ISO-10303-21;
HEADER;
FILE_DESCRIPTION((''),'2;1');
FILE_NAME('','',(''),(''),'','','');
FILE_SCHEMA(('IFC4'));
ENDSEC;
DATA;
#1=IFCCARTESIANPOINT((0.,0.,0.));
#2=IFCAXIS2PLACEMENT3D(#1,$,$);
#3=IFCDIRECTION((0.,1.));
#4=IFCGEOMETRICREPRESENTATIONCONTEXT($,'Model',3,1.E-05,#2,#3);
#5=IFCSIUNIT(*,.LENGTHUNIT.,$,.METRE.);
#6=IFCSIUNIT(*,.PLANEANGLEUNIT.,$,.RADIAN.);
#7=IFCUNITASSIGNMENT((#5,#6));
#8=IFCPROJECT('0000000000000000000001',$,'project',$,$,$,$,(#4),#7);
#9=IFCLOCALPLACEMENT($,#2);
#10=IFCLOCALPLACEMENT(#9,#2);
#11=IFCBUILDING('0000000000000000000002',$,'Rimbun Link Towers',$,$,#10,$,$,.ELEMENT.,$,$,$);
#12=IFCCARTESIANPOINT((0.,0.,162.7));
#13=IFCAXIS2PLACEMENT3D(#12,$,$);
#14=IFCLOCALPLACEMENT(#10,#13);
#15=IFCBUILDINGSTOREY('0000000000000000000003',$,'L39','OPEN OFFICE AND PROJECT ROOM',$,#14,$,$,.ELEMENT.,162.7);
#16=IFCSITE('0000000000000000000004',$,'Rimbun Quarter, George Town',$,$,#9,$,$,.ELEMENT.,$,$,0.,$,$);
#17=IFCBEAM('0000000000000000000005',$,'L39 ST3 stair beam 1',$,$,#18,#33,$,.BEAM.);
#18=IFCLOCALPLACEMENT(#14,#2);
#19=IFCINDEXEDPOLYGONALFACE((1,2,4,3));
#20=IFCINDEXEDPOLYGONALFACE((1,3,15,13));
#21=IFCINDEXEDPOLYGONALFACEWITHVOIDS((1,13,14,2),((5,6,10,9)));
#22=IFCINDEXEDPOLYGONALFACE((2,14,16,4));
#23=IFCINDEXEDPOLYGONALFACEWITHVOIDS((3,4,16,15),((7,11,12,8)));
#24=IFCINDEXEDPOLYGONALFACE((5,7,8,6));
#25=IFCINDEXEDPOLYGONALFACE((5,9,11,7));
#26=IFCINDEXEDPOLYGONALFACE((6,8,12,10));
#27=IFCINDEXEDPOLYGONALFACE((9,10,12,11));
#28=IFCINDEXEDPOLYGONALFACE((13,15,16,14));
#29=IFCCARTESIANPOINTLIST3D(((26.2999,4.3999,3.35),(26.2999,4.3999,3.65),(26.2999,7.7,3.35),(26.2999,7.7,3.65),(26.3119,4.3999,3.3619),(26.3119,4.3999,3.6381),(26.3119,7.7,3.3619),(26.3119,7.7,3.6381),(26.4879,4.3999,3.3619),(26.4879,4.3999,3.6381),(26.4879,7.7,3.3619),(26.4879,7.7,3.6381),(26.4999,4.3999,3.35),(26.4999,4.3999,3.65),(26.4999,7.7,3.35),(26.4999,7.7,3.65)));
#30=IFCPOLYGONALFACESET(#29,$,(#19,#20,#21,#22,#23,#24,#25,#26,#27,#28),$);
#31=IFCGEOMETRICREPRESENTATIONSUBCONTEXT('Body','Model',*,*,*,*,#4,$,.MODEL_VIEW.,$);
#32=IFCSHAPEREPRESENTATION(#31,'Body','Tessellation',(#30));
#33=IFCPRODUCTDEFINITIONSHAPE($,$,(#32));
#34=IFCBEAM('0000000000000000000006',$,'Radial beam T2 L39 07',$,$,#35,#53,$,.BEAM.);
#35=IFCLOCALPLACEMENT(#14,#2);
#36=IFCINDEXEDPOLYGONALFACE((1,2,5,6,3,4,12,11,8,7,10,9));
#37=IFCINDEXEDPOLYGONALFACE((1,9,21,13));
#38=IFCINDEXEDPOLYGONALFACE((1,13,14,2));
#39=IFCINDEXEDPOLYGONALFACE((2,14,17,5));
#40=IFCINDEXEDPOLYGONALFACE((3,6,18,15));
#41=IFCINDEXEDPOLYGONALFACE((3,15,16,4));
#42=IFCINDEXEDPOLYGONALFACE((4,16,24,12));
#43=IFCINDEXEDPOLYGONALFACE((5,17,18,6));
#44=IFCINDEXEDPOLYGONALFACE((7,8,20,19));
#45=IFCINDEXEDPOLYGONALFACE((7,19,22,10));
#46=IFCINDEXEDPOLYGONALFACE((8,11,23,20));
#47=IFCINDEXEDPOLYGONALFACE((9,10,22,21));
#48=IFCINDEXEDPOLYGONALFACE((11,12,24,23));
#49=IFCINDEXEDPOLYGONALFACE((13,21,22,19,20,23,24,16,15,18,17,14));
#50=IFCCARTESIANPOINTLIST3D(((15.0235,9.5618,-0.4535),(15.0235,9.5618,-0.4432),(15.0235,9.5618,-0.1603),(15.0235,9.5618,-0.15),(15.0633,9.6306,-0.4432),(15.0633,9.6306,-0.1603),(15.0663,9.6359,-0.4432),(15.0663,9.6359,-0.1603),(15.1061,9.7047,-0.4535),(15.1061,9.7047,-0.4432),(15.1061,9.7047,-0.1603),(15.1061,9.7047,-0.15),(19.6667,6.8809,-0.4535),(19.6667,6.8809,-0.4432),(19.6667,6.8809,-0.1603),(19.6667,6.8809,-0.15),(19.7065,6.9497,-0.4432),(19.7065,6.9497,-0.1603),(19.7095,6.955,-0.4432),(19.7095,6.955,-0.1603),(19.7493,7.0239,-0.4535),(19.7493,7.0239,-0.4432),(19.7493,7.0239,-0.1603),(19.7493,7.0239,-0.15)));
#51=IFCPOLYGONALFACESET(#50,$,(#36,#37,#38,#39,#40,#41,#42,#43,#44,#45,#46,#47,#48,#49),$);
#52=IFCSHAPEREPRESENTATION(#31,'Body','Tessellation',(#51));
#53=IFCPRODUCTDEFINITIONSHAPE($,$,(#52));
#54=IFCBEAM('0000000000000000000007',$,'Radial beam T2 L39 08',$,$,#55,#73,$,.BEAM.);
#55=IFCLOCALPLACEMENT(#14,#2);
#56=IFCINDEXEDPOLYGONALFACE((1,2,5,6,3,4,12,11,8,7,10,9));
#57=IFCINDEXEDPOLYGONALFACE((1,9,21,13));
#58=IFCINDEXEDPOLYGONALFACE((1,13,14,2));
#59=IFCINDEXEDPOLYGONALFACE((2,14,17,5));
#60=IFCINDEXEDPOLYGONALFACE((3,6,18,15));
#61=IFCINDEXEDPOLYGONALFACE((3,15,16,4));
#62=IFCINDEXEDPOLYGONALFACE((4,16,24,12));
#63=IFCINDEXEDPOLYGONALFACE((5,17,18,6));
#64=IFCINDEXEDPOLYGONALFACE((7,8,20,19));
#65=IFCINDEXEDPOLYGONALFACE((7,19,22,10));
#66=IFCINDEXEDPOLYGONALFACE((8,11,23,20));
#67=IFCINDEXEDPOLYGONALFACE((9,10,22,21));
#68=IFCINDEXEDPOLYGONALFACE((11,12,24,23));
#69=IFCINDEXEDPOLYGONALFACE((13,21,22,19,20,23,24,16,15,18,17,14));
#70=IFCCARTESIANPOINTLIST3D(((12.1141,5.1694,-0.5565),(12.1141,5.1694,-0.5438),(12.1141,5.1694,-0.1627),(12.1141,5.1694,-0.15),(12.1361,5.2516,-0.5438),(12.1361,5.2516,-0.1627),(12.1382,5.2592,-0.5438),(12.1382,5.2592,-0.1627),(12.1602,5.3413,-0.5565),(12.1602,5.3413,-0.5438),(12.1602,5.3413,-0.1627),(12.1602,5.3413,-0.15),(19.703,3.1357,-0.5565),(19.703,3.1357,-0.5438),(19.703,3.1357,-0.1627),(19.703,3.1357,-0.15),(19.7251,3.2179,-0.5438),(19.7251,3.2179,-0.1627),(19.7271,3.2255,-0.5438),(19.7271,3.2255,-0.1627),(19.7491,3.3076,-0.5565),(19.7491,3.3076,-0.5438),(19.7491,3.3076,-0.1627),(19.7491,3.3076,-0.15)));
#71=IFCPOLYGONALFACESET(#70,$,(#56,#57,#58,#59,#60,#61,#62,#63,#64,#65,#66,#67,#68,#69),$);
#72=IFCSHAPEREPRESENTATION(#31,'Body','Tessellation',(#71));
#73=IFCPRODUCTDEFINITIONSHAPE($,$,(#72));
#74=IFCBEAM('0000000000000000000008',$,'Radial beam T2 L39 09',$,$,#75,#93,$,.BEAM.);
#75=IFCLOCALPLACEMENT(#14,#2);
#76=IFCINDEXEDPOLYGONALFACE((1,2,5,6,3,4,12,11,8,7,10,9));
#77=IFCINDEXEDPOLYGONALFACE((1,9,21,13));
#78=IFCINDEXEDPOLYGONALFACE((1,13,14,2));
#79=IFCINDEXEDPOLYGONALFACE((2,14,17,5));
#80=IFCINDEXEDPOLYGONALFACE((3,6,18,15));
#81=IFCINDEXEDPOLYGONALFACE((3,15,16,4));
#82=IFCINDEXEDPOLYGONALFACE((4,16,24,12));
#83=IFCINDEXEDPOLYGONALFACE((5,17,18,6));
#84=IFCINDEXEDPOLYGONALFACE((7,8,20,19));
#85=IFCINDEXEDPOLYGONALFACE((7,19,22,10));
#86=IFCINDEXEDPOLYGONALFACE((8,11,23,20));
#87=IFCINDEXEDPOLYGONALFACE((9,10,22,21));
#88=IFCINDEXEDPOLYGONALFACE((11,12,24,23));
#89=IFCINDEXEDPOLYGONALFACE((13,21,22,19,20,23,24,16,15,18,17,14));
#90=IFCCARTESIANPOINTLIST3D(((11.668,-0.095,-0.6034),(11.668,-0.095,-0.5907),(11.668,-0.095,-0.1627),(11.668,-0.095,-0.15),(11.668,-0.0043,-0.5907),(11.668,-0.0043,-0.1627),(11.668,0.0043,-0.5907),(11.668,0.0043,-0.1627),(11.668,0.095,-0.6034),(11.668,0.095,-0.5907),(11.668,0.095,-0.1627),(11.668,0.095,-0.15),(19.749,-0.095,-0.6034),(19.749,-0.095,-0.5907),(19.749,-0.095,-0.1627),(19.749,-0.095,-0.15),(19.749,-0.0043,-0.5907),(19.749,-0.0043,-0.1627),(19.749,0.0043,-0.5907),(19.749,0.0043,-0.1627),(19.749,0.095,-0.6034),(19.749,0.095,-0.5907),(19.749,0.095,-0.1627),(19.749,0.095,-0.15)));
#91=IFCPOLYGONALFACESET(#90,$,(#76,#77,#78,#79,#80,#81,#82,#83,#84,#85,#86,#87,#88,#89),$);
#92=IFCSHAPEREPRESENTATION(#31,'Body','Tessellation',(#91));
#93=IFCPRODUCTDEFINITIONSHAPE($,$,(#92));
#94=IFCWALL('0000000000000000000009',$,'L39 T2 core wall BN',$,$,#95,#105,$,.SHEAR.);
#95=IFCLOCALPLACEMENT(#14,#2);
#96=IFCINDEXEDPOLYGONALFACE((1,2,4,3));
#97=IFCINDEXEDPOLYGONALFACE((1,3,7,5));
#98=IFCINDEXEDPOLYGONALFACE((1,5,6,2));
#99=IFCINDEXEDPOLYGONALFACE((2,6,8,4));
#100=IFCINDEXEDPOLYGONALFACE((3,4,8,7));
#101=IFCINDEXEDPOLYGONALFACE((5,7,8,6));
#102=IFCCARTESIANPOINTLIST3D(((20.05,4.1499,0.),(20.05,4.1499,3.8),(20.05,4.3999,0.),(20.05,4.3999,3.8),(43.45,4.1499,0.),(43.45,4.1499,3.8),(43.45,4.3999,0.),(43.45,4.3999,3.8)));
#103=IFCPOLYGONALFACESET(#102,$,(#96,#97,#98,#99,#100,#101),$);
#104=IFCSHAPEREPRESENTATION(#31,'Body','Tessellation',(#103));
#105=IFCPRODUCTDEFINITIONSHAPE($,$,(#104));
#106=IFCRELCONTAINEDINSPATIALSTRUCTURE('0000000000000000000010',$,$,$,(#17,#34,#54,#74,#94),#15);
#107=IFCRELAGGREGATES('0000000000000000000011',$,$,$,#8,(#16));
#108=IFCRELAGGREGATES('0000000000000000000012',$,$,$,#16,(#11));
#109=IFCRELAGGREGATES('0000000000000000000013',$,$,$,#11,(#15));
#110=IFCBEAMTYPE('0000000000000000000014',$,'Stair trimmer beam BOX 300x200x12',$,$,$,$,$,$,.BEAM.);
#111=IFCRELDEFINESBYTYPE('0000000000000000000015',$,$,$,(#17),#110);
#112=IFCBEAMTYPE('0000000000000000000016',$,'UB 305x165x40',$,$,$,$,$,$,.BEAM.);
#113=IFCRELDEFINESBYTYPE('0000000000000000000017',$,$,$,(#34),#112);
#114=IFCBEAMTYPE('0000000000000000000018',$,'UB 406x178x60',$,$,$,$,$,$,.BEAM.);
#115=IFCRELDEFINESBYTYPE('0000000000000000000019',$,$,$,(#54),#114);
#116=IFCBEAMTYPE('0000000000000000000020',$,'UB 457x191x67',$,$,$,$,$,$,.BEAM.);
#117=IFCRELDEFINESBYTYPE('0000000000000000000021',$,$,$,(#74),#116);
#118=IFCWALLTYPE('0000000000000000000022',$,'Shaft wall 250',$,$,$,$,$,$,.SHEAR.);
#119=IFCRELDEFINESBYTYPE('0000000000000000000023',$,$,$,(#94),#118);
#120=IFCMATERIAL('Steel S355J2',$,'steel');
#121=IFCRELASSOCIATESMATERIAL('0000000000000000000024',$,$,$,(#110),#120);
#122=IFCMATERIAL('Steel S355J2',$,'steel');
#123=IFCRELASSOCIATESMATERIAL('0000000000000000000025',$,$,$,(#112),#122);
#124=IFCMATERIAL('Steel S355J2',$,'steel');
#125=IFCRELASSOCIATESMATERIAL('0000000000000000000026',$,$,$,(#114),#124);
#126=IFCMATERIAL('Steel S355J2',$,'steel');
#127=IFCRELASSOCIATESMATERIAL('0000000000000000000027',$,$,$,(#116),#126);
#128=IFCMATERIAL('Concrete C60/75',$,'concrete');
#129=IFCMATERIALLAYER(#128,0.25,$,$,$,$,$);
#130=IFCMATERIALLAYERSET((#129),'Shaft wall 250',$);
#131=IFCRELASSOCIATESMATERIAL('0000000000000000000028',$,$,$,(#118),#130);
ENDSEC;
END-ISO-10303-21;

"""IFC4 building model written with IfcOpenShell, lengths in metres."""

from ifc_helpers import new_model, si_unit, direction, frame, frame_2d, origin, origin_2d, place, context, subcontext, project, spatial, rectangle, hollow_rectangle, i_section, extrude, material, layer, layer_set, material_profile, profile_set, type_object, element, save


model = new_model("IFC4")

# Units and contexts
model_context = context("Model", 3, precision=1e-05, world=origin(), true_north=direction((0.0, 1.0)))
body_context = subcontext(model_context, "Body", "Model", "MODEL_VIEW")
ifc_project = project(units=[si_unit("LENGTHUNIT", "METRE"), si_unit("PLANEANGLEUNIT", "RADIAN")], contexts=[model_context])

# Site, building, storey
site_placement = place(None, origin())
site = spatial("IfcSite", under=ifc_project, at=site_placement, Name="Rimbun Quarter, George Town", CompositionType="ELEMENT", RefElevation=0.0)
building_placement = place(site_placement, origin())
building = spatial("IfcBuilding", under=site, at=building_placement, Name="Rimbun Link Towers", CompositionType="ELEMENT")
storey_placement = place(building_placement, frame((0.0, 0.0, 162.7)))
storey = spatial("IfcBuildingStorey", under=building, at=storey_placement, Name="L39", Description="OPEN OFFICE AND PROJECT ROOM", CompositionType="ELEMENT", Elevation=162.7)

# Beams
ifc_material_1 = material(Name="Steel S355J2", Category="steel")
ifc_material_profile_1 = material_profile(ifc_material_1, hollow_rectangle(XDim=0.2, YDim=0.3, WallThickness=0.012, at=origin_2d()), Name="BOX 300x200x12")
ifc_profile_set_1 = profile_set([ifc_material_profile_1], Name="Steel S355J2")
beam_type_1 = type_object("IfcBeamType", Name="Stair trimmer beam BOX 300x200x12", PredefinedType="BEAM", material=ifc_profile_set_1)
beam_1_placement = place(storey_placement, frame((26.3999, 7.7, 3.5), z_axis=(0.0, -1.0, 0.0), x_axis=(1.0, 0.0, 0.0)))
element("IfcBeam", 1, at=beam_1_placement, inside=storey, type_object=beam_type_1, Name="L39 ST3 stair beam 1", PredefinedType="BEAM", context=body_context, shape_type="SweptSolid", body=[
    extrude(hollow_rectangle(XDim=0.2, YDim=0.3, WallThickness=0.012, at=origin_2d()), origin(), (0.0, 0.0, 1.0), 3.3),
])
ifc_material_2 = material(Name="Steel S355J2", Category="steel")
ifc_material_profile_2 = material_profile(ifc_material_2, i_section(OverallWidth=0.165, OverallDepth=0.3035, WebThickness=0.0061, FlangeThickness=0.0103, at=origin_2d()), Name="UB 305x165x40")
ifc_profile_set_2 = profile_set([ifc_material_profile_2], Name="Steel S355J2")
beam_type_2 = type_object("IfcBeamType", Name="UB 305x165x40", PredefinedType="BEAM", material=ifc_profile_set_2)
beam_2_placement = place(storey_placement, frame((19.708, 6.9524, -0.3018), z_axis=(-0.866018, 0.500013, 0.0), x_axis=(-0.500013, -0.866018, 0.0)))
element("IfcBeam", 2, at=beam_2_placement, inside=storey, type_object=beam_type_2, Name="Radial beam T2 L39 07", PredefinedType="BEAM", context=body_context, shape_type="SweptSolid", body=[
    extrude(i_section(OverallWidth=0.165, OverallDepth=0.3035, WebThickness=0.0061, FlangeThickness=0.0103, at=origin_2d()), origin(), (0.0, 0.0, 1.0), 5.3616),
])
ifc_material_3 = material(Name="Steel S355J2", Category="steel")
ifc_material_profile_3 = material_profile(ifc_material_3, i_section(OverallWidth=0.178, OverallDepth=0.4065, WebThickness=0.0078, FlangeThickness=0.0127, at=origin_2d()), Name="UB 406x178x60")
ifc_profile_set_3 = profile_set([ifc_material_profile_3], Name="Steel S355J2")
beam_type_3 = type_object("IfcBeamType", Name="UB 406x178x60", PredefinedType="BEAM", material=ifc_profile_set_3)
beam_3_placement = place(storey_placement, frame((19.7261, 3.2217, -0.3533), z_axis=(-0.965918, 0.25885, 0.0), x_axis=(-0.25885, -0.965918, 0.0)))
element("IfcBeam", 3, at=beam_3_placement, inside=storey, type_object=beam_type_3, Name="Radial beam T2 L39 08", PredefinedType="BEAM", context=body_context, shape_type="SweptSolid", body=[
    extrude(i_section(OverallWidth=0.178, OverallDepth=0.4065, WebThickness=0.0078, FlangeThickness=0.0127, at=origin_2d()), origin(), (0.0, 0.0, 1.0), 7.8567),
])
ifc_material_4 = material(Name="Steel S355J2", Category="steel")
ifc_material_profile_4 = material_profile(ifc_material_4, i_section(OverallWidth=0.1899, OverallDepth=0.4534, WebThickness=0.0085, FlangeThickness=0.0127, at=origin_2d()), Name="UB 457x191x67")
ifc_profile_set_4 = profile_set([ifc_material_profile_4], Name="Steel S355J2")
beam_type_4 = type_object("IfcBeamType", Name="UB 457x191x67", PredefinedType="BEAM", material=ifc_profile_set_4)
beam_4_placement = place(storey_placement, frame((19.749, 0.0, -0.3767), z_axis=(-1.0, 0.0, 0.0), x_axis=(0.0, -1.0, 0.0)))
element("IfcBeam", 4, at=beam_4_placement, inside=storey, type_object=beam_type_4, Name="Radial beam T2 L39 09", PredefinedType="BEAM", context=body_context, shape_type="SweptSolid", body=[
    extrude(i_section(OverallWidth=0.1899, OverallDepth=0.4534, WebThickness=0.0085, FlangeThickness=0.0127, at=origin_2d()), origin(), (0.0, 0.0, 1.0), 8.0811),
])

# Wall
ifc_material_5 = material(Name="Concrete C60/75", Category="concrete")
ifc_layer = layer(ifc_material_5, 0.25)
ifc_layer_set = layer_set([ifc_layer], Name="Shaft wall 250")
wall_type = type_object("IfcWallType", Name="Shaft wall 250", PredefinedType="SHEAR", material=ifc_layer_set)
wall_1_placement = place(storey_placement, frame((20.05, 4.2749, 0.0), z_axis=(0.0, 0.0, 1.0), x_axis=(1.0, 0.0, 0.0)))
element("IfcWall", 5, at=wall_1_placement, inside=storey, type_object=wall_type, Name="L39 T2 core wall BN", PredefinedType="SHEAR", context=body_context, shape_type="SweptSolid", body=[
    extrude(rectangle(XDim=23.3999, YDim=0.25, at=frame_2d((11.7, 0.0))), origin(), (0.0, 0.0, 1.0), 3.8),
])

save(model, "model.ifc")
